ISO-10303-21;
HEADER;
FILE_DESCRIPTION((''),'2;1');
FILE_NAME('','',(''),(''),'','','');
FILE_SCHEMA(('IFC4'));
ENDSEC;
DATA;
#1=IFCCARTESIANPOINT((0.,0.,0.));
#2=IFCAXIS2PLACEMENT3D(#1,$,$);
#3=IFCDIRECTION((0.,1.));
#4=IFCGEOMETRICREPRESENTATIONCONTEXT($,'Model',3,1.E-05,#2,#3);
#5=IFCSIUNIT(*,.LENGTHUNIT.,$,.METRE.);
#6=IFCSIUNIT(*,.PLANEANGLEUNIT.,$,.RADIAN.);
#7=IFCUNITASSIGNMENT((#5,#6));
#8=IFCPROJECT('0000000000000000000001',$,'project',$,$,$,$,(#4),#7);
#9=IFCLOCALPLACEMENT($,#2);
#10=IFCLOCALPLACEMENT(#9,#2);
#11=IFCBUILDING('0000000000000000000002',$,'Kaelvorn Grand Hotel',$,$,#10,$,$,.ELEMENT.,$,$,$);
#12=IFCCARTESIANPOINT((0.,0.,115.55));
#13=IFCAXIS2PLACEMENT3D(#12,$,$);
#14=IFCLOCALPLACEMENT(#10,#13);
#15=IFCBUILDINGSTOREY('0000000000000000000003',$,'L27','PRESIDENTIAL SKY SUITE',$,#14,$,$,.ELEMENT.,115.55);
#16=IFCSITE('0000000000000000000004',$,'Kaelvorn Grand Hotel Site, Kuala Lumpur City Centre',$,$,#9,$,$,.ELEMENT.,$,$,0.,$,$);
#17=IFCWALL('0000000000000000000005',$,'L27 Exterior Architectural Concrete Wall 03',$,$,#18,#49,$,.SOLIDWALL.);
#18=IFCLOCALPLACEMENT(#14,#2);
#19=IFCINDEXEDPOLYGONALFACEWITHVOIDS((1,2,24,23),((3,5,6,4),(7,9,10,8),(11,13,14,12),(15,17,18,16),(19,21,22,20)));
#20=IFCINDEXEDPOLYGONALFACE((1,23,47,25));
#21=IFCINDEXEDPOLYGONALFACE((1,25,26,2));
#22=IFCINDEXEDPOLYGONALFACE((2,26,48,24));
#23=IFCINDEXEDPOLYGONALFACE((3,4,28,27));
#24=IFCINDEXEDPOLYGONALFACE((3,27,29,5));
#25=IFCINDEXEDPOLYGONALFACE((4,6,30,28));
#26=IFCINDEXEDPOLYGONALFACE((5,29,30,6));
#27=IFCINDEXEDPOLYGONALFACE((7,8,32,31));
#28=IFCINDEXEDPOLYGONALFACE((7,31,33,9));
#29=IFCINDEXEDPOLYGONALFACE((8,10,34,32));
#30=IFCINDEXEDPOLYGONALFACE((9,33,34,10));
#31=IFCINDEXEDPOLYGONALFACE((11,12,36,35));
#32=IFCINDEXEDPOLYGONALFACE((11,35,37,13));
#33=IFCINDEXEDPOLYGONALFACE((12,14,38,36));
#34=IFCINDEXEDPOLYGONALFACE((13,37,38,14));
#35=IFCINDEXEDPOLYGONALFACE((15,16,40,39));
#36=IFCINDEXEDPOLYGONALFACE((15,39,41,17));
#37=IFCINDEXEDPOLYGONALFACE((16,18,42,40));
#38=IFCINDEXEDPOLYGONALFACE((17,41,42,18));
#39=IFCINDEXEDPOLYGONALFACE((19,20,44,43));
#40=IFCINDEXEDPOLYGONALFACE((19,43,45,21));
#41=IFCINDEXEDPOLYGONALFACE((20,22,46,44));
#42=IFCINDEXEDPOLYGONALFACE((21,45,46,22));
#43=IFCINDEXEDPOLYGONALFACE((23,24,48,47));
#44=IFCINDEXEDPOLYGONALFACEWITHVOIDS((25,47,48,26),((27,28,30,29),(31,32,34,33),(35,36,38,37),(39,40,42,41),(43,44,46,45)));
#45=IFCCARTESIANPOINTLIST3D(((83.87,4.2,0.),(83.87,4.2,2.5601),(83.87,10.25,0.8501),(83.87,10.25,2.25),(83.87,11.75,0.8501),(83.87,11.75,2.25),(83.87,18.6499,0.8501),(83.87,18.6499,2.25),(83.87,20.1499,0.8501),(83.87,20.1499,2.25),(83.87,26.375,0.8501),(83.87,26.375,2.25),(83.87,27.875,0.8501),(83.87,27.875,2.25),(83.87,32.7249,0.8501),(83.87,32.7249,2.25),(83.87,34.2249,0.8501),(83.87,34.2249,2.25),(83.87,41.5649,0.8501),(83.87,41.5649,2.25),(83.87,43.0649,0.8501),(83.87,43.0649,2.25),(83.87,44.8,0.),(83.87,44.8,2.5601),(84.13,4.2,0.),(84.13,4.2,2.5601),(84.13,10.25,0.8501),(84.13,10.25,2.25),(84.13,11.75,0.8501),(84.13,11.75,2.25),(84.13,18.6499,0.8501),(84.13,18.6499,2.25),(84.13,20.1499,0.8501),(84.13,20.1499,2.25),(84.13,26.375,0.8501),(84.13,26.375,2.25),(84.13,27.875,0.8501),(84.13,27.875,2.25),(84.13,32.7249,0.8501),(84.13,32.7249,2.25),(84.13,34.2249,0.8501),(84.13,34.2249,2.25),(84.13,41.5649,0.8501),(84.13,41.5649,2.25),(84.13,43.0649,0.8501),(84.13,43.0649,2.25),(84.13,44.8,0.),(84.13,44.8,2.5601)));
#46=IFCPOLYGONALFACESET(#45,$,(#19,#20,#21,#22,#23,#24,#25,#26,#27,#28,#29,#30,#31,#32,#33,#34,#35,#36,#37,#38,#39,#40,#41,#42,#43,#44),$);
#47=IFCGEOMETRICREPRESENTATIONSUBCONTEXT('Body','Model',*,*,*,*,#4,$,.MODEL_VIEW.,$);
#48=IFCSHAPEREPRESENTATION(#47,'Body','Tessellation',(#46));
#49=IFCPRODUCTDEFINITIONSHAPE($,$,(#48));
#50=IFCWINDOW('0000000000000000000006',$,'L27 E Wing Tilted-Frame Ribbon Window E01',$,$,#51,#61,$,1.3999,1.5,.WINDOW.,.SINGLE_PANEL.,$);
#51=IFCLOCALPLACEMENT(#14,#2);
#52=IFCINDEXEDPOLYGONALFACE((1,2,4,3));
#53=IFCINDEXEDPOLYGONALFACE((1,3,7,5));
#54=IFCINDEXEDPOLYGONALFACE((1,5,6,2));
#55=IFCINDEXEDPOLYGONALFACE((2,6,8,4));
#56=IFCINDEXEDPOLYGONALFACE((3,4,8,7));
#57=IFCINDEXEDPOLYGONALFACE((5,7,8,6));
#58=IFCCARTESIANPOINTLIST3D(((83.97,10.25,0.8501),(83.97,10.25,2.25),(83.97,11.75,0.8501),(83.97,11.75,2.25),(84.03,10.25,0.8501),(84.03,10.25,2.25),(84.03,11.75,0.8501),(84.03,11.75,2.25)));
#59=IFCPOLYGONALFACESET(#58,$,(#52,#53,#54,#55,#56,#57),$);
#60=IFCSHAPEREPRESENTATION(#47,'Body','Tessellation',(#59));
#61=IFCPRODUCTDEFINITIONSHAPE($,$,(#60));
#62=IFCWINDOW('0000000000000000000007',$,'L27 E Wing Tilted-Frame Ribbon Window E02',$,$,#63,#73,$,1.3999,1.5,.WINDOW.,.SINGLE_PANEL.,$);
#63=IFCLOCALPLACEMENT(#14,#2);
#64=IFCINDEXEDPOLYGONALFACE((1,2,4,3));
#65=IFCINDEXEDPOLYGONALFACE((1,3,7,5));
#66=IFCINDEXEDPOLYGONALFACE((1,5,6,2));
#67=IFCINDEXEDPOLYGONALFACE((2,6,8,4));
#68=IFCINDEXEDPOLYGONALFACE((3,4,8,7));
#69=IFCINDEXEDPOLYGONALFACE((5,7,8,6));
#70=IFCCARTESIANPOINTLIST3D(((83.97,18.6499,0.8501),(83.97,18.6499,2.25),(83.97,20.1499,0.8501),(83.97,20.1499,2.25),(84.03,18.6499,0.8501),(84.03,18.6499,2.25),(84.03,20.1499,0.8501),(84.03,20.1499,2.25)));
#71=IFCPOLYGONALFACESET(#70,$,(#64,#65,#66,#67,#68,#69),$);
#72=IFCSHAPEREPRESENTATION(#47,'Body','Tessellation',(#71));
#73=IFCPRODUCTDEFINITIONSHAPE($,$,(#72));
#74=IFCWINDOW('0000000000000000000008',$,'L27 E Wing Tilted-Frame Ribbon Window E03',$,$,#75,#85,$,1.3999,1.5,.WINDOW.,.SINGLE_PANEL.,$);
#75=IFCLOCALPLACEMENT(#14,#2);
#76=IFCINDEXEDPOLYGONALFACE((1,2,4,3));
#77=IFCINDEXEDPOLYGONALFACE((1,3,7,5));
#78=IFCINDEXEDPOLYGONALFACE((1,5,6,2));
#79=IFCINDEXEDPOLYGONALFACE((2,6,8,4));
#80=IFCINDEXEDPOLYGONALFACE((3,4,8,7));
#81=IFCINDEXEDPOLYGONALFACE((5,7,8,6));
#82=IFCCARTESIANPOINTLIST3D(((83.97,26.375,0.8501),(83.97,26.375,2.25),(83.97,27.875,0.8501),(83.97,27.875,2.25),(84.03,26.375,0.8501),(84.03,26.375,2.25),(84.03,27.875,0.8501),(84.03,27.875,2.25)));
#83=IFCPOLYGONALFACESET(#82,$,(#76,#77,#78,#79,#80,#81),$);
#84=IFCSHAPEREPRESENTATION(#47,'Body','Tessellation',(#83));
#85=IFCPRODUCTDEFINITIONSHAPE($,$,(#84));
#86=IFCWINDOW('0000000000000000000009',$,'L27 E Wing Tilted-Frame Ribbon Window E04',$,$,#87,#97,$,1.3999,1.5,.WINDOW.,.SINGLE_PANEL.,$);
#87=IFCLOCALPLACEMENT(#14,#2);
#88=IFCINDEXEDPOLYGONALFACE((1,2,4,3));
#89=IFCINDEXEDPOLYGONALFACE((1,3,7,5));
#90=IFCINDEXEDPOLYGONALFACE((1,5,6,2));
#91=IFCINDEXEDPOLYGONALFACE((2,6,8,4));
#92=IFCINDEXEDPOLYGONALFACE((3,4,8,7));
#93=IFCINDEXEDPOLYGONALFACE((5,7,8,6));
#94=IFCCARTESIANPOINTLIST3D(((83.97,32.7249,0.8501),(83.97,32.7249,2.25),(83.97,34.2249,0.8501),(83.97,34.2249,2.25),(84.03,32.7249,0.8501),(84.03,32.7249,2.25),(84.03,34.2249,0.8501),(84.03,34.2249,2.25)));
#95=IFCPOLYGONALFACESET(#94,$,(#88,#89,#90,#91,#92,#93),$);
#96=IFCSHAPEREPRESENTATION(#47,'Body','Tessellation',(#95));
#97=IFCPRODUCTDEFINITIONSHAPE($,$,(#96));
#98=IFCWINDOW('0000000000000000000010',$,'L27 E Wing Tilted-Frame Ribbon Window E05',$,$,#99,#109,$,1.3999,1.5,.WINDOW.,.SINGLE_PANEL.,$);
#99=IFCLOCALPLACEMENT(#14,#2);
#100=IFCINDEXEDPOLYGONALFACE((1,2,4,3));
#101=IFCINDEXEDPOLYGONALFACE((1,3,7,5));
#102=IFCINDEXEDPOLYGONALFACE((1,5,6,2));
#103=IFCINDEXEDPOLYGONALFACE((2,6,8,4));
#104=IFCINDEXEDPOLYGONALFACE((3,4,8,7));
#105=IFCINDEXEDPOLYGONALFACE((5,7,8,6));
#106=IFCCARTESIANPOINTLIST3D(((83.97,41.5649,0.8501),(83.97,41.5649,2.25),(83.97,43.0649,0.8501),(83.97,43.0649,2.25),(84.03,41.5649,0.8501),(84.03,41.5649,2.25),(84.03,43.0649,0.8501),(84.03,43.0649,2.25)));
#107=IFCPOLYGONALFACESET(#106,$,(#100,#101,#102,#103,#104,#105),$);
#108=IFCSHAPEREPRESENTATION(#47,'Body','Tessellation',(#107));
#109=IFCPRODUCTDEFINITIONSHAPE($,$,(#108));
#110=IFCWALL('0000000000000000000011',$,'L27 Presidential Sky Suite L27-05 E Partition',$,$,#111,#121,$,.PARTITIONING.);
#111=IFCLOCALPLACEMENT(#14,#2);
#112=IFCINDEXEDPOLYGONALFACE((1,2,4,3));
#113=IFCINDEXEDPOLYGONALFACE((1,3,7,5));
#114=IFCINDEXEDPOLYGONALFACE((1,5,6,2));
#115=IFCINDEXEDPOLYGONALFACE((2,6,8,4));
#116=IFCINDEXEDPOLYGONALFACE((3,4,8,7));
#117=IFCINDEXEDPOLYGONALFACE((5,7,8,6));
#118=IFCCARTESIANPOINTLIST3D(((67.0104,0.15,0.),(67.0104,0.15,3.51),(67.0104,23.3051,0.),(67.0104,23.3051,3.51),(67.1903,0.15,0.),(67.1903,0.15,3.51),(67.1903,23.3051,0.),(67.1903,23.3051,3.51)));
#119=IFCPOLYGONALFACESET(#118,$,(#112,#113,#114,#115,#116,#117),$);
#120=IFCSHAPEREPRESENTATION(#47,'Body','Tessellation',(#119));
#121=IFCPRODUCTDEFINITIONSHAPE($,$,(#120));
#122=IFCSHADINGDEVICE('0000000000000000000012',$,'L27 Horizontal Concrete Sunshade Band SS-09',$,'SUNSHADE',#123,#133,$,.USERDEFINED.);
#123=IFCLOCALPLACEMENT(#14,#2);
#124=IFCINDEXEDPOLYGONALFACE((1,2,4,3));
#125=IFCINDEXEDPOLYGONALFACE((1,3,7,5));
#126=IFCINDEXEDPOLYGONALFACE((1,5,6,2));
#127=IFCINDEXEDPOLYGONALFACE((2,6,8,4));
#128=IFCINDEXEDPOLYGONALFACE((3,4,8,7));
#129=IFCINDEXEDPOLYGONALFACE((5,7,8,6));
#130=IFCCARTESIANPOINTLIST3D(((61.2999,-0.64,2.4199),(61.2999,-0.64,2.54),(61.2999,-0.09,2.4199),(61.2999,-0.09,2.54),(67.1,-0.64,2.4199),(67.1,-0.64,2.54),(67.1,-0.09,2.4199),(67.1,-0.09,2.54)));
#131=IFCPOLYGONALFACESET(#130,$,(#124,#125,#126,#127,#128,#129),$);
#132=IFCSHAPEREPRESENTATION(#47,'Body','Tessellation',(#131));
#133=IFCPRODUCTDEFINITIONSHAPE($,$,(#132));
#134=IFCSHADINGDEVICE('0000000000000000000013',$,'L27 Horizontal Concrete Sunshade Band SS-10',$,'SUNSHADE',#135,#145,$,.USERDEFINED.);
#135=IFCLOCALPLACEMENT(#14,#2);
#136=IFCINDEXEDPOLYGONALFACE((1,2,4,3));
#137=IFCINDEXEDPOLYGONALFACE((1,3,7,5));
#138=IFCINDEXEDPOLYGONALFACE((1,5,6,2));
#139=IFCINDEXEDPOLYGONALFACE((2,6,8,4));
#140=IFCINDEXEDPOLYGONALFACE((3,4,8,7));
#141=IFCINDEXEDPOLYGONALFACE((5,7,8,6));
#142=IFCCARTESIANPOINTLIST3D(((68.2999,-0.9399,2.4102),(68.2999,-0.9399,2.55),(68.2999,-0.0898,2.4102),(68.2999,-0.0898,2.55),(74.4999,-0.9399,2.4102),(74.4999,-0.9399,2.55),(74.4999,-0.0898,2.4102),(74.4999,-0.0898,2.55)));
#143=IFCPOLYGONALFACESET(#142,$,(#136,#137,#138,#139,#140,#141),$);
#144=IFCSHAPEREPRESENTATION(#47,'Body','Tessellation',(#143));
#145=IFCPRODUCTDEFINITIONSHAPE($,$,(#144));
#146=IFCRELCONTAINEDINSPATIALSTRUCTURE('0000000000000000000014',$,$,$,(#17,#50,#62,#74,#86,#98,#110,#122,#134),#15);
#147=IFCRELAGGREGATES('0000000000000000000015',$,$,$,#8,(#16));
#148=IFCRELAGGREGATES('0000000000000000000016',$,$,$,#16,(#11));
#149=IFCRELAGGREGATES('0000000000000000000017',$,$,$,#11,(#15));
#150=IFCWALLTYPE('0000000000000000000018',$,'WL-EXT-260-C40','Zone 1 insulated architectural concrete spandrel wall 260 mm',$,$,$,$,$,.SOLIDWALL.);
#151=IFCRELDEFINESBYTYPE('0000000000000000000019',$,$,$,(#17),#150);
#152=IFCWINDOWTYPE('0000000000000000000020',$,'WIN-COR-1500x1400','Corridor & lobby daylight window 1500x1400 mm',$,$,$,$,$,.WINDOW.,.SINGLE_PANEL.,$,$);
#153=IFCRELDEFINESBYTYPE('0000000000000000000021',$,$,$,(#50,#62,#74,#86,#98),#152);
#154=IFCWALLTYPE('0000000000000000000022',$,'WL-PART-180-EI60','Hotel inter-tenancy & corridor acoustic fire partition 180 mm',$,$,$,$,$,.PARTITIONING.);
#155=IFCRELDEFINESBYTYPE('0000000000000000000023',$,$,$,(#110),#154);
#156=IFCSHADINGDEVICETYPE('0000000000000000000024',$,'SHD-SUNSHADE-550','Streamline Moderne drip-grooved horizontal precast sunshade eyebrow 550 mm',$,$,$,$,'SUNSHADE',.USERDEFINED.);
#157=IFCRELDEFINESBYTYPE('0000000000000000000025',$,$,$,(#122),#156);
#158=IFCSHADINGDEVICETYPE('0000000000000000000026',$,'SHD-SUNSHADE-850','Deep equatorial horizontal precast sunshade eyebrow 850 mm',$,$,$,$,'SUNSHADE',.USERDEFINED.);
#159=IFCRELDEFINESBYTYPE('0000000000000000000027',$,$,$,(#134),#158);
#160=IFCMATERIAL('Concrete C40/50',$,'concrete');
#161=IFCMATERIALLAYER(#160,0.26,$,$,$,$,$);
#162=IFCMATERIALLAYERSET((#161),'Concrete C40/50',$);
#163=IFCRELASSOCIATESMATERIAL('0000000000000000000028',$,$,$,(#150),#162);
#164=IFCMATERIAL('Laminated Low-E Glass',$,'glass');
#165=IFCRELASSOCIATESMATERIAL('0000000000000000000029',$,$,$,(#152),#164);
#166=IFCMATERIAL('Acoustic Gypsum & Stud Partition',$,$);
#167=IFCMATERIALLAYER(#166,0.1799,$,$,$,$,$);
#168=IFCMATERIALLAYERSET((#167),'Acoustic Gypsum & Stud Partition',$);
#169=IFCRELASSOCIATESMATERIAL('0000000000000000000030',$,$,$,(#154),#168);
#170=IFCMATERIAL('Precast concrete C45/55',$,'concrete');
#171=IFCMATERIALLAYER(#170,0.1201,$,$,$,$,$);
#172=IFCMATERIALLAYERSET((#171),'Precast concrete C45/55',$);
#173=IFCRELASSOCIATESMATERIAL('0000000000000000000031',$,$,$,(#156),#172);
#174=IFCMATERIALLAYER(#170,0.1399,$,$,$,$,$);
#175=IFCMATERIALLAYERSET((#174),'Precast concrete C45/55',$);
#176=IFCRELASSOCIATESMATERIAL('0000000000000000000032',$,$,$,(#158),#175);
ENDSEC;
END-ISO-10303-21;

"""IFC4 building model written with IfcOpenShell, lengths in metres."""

from ifc_helpers import new_model, si_unit, direction, frame, frame_2d, origin, origin_2d, place, context, subcontext, project, spatial, rectangle, extrude, material, layer, layer_set, type_object, element, fill, save


model = new_model("IFC4")

# Units and contexts
model_context = context("Model", 3, precision=1e-05, world=origin(), true_north=direction((0.0, 1.0)))
body_context = subcontext(model_context, "Body", "Model", "MODEL_VIEW")
ifc_project = project(units=[si_unit("LENGTHUNIT", "METRE"), si_unit("PLANEANGLEUNIT", "RADIAN")], contexts=[model_context])

# Site, building, storey
site_placement = place(None, origin())
site = spatial("IfcSite", under=ifc_project, at=site_placement, Name="Kaelvorn Grand Hotel Site, Kuala Lumpur City Centre", CompositionType="ELEMENT", RefElevation=0.0)
building_placement = place(site_placement, origin())
building = spatial("IfcBuilding", under=site, at=building_placement, Name="Kaelvorn Grand Hotel", CompositionType="ELEMENT")
storey_placement = place(building_placement, frame((0.0, 0.0, 115.55)))
storey = spatial("IfcBuildingStorey", under=building, at=storey_placement, Name="L27", Description="PRESIDENTIAL SKY SUITE", CompositionType="ELEMENT", Elevation=115.55)

# Shared definitions
ifc_material_1 = material(Name="Concrete C40/50", Category="concrete")

# Shared definitions
ifc_material_2 = material(Name="Precast concrete C45/55", Category="concrete")

# Shared definitions
ifc_layer_1 = layer(ifc_material_1, 0.26)
ifc_layer_set_1 = layer_set([ifc_layer_1], Name="Concrete C40/50")
wall_type_1 = type_object("IfcWallType", Name="WL-EXT-260-C40", Description="Zone 1 insulated architectural concrete spandrel wall 260 mm", PredefinedType="SOLIDWALL", material=ifc_layer_set_1)

# Wall, openings, windows
wall_1_placement = place(storey_placement, frame((84.0, 4.2, 0.0), z_axis=(0.0, 0.0, 1.0), x_axis=(0.0, 1.0, 0.0)))
wall_1 = element("IfcWall", 1, at=wall_1_placement, inside=storey, type_object=wall_type_1, Name="L27 Exterior Architectural Concrete Wall 03", PredefinedType="SOLIDWALL", context=body_context, shape_type="SweptSolid", body=[
    extrude(rectangle(XDim=40.6001, YDim=0.26, at=frame_2d((20.3, 0.0))), origin(), (0.0, 0.0, 1.0), 2.5601),
])
opening_1_placement = place(wall_1_placement, frame((6.05, 0.0, 0.8501)))
opening_1 = element("IfcOpeningElement", 2, at=opening_1_placement, cuts=wall_1, PredefinedType="OPENING", context=body_context, shape_type="SweptSolid", body=[
    extrude(rectangle(XDim=1.5, YDim=1.3999, at=frame_2d((0.75, 0.7))), frame((0.0, 0.1401, 0.0), z_axis=(0.0, -1.0, 0.0), x_axis=(1.0, 0.0, 0.0)), (0.0, 0.0, 1.0), 0.28),
])
opening_2_placement = place(wall_1_placement, frame((14.45, 0.0, 0.8501)))
opening_2 = element("IfcOpeningElement", 3, at=opening_2_placement, cuts=wall_1, PredefinedType="OPENING", context=body_context, shape_type="SweptSolid", body=[
    extrude(rectangle(XDim=1.5, YDim=1.3999, at=frame_2d((0.75, 0.7))), frame((0.0, 0.1401, 0.0), z_axis=(0.0, -1.0, 0.0), x_axis=(1.0, 0.0, 0.0)), (0.0, 0.0, 1.0), 0.28),
])
opening_3_placement = place(wall_1_placement, frame((22.175, 0.0, 0.8501)))
opening_3 = element("IfcOpeningElement", 4, at=opening_3_placement, cuts=wall_1, PredefinedType="OPENING", context=body_context, shape_type="SweptSolid", body=[
    extrude(rectangle(XDim=1.5, YDim=1.3999, at=frame_2d((0.75, 0.7))), frame((0.0, 0.1401, 0.0), z_axis=(0.0, -1.0, 0.0), x_axis=(1.0, 0.0, 0.0)), (0.0, 0.0, 1.0), 0.28),
])
opening_4_placement = place(wall_1_placement, frame((28.5249, 0.0, 0.8501)))
opening_4 = element("IfcOpeningElement", 5, at=opening_4_placement, cuts=wall_1, PredefinedType="OPENING", context=body_context, shape_type="SweptSolid", body=[
    extrude(rectangle(XDim=1.5, YDim=1.3999, at=frame_2d((0.75, 0.7))), frame((0.0, 0.1401, 0.0), z_axis=(0.0, -1.0, 0.0), x_axis=(1.0, 0.0, 0.0)), (0.0, 0.0, 1.0), 0.28),
])
opening_5_placement = place(wall_1_placement, frame((37.365, 0.0, 0.8501)))
opening_5 = element("IfcOpeningElement", 6, at=opening_5_placement, cuts=wall_1, PredefinedType="OPENING", context=body_context, shape_type="SweptSolid", body=[
    extrude(rectangle(XDim=1.5, YDim=1.3999, at=frame_2d((0.75, 0.7))), frame((0.0, 0.1401, 0.0), z_axis=(0.0, -1.0, 0.0), x_axis=(1.0, 0.0, 0.0)), (0.0, 0.0, 1.0), 0.28),
])
ifc_material_3 = material(Name="Laminated Low-E Glass", Category="glass")
window_type = type_object("IfcWindowType", Name="WIN-COR-1500x1400", Description="Corridor & lobby daylight window 1500x1400 mm", PartitioningType="SINGLE_PANEL", PredefinedType="WINDOW", material=ifc_material_3)
window_1_placement = place(opening_1_placement, origin())
window_1 = element("IfcWindow", 7, at=window_1_placement, inside=storey, type_object=window_type, Name="L27 E Wing Tilted-Frame Ribbon Window E01", OverallHeight=1.3999, OverallWidth=1.5, PartitioningType="SINGLE_PANEL", PredefinedType="WINDOW", context=body_context, shape_type="SweptSolid", body=[
    extrude(rectangle(XDim=1.5, YDim=1.3999, at=frame_2d((0.75, 0.7))), frame((0.0, 0.03, 0.0), z_axis=(0.0, -1.0, 0.0), x_axis=(1.0, 0.0, 0.0)), (0.0, 0.0, 1.0), 0.0601),
])
fill(opening_1, window_1)
window_2_placement = place(opening_2_placement, origin())
window_2 = element("IfcWindow", 8, at=window_2_placement, inside=storey, type_object=window_type, Name="L27 E Wing Tilted-Frame Ribbon Window E02", OverallHeight=1.3999, OverallWidth=1.5, PartitioningType="SINGLE_PANEL", PredefinedType="WINDOW", context=body_context, shape_type="SweptSolid", body=[
    extrude(rectangle(XDim=1.5, YDim=1.3999, at=frame_2d((0.75, 0.7))), frame((0.0, 0.03, 0.0), z_axis=(0.0, -1.0, 0.0), x_axis=(1.0, 0.0, 0.0)), (0.0, 0.0, 1.0), 0.0601),
])
fill(opening_2, window_2)
window_3_placement = place(opening_3_placement, origin())
window_3 = element("IfcWindow", 9, at=window_3_placement, inside=storey, type_object=window_type, Name="L27 E Wing Tilted-Frame Ribbon Window E03", OverallHeight=1.3999, OverallWidth=1.5, PartitioningType="SINGLE_PANEL", PredefinedType="WINDOW", context=body_context, shape_type="SweptSolid", body=[
    extrude(rectangle(XDim=1.5, YDim=1.3999, at=frame_2d((0.75, 0.7))), frame((0.0, 0.03, 0.0), z_axis=(0.0, -1.0, 0.0), x_axis=(1.0, 0.0, 0.0)), (0.0, 0.0, 1.0), 0.0601),
])
fill(opening_3, window_3)
window_4_placement = place(opening_4_placement, origin())
window_4 = element("IfcWindow", 10, at=window_4_placement, inside=storey, type_object=window_type, Name="L27 E Wing Tilted-Frame Ribbon Window E04", OverallHeight=1.3999, OverallWidth=1.5, PartitioningType="SINGLE_PANEL", PredefinedType="WINDOW", context=body_context, shape_type="SweptSolid", body=[
    extrude(rectangle(XDim=1.5, YDim=1.3999, at=frame_2d((0.75, 0.7))), frame((0.0, 0.03, 0.0), z_axis=(0.0, -1.0, 0.0), x_axis=(1.0, 0.0, 0.0)), (0.0, 0.0, 1.0), 0.0601),
])
fill(opening_4, window_4)
window_5_placement = place(opening_5_placement, origin())
window_5 = element("IfcWindow", 11, at=window_5_placement, inside=storey, type_object=window_type, Name="L27 E Wing Tilted-Frame Ribbon Window E05", OverallHeight=1.3999, OverallWidth=1.5, PartitioningType="SINGLE_PANEL", PredefinedType="WINDOW", context=body_context, shape_type="SweptSolid", body=[
    extrude(rectangle(XDim=1.5, YDim=1.3999, at=frame_2d((0.75, 0.7))), frame((0.0, 0.03, 0.0), z_axis=(0.0, -1.0, 0.0), x_axis=(1.0, 0.0, 0.0)), (0.0, 0.0, 1.0), 0.0601),
])
fill(opening_5, window_5)

# Wall
ifc_material_4 = material(Name="Acoustic Gypsum & Stud Partition")
ifc_layer_2 = layer(ifc_material_4, 0.1799)
ifc_layer_set_2 = layer_set([ifc_layer_2], Name="Acoustic Gypsum & Stud Partition")
wall_type_2 = type_object("IfcWallType", Name="WL-PART-180-EI60", Description="Hotel inter-tenancy & corridor acoustic fire partition 180 mm", PredefinedType="PARTITIONING", material=ifc_layer_set_2)
wall_2_placement = place(storey_placement, frame((67.1003, 0.1499, 0.0), z_axis=(0.0, 0.0, 1.0), x_axis=(0.0, 1.0, 0.0)))
element("IfcWall", 12, at=wall_2_placement, inside=storey, type_object=wall_type_2, Name="L27 Presidential Sky Suite L27-05 E Partition", PredefinedType="PARTITIONING", context=body_context, shape_type="SweptSolid", body=[
    extrude(rectangle(XDim=23.155, YDim=0.1799, at=frame_2d((11.5776, 0.0))), origin(), (0.0, 0.0, 1.0), 3.51),
])

# Shading devices
ifc_layer_3 = layer(ifc_material_2, 0.1201)
ifc_layer_set_3 = layer_set([ifc_layer_3], Name="Precast concrete C45/55")
shading_device_type_1 = type_object("IfcShadingDeviceType", Name="SHD-SUNSHADE-550", Description="Streamline Moderne drip-grooved horizontal precast sunshade eyebrow 550 mm", ElementType="SUNSHADE", PredefinedType="USERDEFINED", material=ifc_layer_set_3)
shading_device_1_placement = place(storey_placement, frame((64.2, -0.365, 2.4199), z_axis=(0.0, 0.0, 1.0), x_axis=(1.0, 0.0, 0.0)))
element("IfcShadingDevice", 13, at=shading_device_1_placement, inside=storey, type_object=shading_device_type_1, Name="L27 Horizontal Concrete Sunshade Band SS-09", ObjectType="SUNSHADE", PredefinedType="USERDEFINED", context=body_context, shape_type="SweptSolid", body=[
    extrude(rectangle(XDim=5.8, YDim=0.55, at=origin_2d()), origin(), (0.0, 0.0, 1.0), 0.1201),
])
ifc_layer_4 = layer(ifc_material_2, 0.1399)
ifc_layer_set_4 = layer_set([ifc_layer_4], Name="Precast concrete C45/55")
shading_device_type_2 = type_object("IfcShadingDeviceType", Name="SHD-SUNSHADE-850", Description="Deep equatorial horizontal precast sunshade eyebrow 850 mm", ElementType="SUNSHADE", PredefinedType="USERDEFINED", material=ifc_layer_set_4)
shading_device_2_placement = place(storey_placement, frame((71.3999, -0.5149, 2.4102), z_axis=(0.0, 0.0, 1.0), x_axis=(1.0, 0.0, 0.0)))
element("IfcShadingDevice", 14, at=shading_device_2_placement, inside=storey, type_object=shading_device_type_2, Name="L27 Horizontal Concrete Sunshade Band SS-10", ObjectType="SUNSHADE", PredefinedType="USERDEFINED", context=body_context, shape_type="SweptSolid", body=[
    extrude(rectangle(XDim=6.2, YDim=0.8501, at=origin_2d()), origin(), (0.0, 0.0, 1.0), 0.1399),
])

save(model, "model.ifc")
